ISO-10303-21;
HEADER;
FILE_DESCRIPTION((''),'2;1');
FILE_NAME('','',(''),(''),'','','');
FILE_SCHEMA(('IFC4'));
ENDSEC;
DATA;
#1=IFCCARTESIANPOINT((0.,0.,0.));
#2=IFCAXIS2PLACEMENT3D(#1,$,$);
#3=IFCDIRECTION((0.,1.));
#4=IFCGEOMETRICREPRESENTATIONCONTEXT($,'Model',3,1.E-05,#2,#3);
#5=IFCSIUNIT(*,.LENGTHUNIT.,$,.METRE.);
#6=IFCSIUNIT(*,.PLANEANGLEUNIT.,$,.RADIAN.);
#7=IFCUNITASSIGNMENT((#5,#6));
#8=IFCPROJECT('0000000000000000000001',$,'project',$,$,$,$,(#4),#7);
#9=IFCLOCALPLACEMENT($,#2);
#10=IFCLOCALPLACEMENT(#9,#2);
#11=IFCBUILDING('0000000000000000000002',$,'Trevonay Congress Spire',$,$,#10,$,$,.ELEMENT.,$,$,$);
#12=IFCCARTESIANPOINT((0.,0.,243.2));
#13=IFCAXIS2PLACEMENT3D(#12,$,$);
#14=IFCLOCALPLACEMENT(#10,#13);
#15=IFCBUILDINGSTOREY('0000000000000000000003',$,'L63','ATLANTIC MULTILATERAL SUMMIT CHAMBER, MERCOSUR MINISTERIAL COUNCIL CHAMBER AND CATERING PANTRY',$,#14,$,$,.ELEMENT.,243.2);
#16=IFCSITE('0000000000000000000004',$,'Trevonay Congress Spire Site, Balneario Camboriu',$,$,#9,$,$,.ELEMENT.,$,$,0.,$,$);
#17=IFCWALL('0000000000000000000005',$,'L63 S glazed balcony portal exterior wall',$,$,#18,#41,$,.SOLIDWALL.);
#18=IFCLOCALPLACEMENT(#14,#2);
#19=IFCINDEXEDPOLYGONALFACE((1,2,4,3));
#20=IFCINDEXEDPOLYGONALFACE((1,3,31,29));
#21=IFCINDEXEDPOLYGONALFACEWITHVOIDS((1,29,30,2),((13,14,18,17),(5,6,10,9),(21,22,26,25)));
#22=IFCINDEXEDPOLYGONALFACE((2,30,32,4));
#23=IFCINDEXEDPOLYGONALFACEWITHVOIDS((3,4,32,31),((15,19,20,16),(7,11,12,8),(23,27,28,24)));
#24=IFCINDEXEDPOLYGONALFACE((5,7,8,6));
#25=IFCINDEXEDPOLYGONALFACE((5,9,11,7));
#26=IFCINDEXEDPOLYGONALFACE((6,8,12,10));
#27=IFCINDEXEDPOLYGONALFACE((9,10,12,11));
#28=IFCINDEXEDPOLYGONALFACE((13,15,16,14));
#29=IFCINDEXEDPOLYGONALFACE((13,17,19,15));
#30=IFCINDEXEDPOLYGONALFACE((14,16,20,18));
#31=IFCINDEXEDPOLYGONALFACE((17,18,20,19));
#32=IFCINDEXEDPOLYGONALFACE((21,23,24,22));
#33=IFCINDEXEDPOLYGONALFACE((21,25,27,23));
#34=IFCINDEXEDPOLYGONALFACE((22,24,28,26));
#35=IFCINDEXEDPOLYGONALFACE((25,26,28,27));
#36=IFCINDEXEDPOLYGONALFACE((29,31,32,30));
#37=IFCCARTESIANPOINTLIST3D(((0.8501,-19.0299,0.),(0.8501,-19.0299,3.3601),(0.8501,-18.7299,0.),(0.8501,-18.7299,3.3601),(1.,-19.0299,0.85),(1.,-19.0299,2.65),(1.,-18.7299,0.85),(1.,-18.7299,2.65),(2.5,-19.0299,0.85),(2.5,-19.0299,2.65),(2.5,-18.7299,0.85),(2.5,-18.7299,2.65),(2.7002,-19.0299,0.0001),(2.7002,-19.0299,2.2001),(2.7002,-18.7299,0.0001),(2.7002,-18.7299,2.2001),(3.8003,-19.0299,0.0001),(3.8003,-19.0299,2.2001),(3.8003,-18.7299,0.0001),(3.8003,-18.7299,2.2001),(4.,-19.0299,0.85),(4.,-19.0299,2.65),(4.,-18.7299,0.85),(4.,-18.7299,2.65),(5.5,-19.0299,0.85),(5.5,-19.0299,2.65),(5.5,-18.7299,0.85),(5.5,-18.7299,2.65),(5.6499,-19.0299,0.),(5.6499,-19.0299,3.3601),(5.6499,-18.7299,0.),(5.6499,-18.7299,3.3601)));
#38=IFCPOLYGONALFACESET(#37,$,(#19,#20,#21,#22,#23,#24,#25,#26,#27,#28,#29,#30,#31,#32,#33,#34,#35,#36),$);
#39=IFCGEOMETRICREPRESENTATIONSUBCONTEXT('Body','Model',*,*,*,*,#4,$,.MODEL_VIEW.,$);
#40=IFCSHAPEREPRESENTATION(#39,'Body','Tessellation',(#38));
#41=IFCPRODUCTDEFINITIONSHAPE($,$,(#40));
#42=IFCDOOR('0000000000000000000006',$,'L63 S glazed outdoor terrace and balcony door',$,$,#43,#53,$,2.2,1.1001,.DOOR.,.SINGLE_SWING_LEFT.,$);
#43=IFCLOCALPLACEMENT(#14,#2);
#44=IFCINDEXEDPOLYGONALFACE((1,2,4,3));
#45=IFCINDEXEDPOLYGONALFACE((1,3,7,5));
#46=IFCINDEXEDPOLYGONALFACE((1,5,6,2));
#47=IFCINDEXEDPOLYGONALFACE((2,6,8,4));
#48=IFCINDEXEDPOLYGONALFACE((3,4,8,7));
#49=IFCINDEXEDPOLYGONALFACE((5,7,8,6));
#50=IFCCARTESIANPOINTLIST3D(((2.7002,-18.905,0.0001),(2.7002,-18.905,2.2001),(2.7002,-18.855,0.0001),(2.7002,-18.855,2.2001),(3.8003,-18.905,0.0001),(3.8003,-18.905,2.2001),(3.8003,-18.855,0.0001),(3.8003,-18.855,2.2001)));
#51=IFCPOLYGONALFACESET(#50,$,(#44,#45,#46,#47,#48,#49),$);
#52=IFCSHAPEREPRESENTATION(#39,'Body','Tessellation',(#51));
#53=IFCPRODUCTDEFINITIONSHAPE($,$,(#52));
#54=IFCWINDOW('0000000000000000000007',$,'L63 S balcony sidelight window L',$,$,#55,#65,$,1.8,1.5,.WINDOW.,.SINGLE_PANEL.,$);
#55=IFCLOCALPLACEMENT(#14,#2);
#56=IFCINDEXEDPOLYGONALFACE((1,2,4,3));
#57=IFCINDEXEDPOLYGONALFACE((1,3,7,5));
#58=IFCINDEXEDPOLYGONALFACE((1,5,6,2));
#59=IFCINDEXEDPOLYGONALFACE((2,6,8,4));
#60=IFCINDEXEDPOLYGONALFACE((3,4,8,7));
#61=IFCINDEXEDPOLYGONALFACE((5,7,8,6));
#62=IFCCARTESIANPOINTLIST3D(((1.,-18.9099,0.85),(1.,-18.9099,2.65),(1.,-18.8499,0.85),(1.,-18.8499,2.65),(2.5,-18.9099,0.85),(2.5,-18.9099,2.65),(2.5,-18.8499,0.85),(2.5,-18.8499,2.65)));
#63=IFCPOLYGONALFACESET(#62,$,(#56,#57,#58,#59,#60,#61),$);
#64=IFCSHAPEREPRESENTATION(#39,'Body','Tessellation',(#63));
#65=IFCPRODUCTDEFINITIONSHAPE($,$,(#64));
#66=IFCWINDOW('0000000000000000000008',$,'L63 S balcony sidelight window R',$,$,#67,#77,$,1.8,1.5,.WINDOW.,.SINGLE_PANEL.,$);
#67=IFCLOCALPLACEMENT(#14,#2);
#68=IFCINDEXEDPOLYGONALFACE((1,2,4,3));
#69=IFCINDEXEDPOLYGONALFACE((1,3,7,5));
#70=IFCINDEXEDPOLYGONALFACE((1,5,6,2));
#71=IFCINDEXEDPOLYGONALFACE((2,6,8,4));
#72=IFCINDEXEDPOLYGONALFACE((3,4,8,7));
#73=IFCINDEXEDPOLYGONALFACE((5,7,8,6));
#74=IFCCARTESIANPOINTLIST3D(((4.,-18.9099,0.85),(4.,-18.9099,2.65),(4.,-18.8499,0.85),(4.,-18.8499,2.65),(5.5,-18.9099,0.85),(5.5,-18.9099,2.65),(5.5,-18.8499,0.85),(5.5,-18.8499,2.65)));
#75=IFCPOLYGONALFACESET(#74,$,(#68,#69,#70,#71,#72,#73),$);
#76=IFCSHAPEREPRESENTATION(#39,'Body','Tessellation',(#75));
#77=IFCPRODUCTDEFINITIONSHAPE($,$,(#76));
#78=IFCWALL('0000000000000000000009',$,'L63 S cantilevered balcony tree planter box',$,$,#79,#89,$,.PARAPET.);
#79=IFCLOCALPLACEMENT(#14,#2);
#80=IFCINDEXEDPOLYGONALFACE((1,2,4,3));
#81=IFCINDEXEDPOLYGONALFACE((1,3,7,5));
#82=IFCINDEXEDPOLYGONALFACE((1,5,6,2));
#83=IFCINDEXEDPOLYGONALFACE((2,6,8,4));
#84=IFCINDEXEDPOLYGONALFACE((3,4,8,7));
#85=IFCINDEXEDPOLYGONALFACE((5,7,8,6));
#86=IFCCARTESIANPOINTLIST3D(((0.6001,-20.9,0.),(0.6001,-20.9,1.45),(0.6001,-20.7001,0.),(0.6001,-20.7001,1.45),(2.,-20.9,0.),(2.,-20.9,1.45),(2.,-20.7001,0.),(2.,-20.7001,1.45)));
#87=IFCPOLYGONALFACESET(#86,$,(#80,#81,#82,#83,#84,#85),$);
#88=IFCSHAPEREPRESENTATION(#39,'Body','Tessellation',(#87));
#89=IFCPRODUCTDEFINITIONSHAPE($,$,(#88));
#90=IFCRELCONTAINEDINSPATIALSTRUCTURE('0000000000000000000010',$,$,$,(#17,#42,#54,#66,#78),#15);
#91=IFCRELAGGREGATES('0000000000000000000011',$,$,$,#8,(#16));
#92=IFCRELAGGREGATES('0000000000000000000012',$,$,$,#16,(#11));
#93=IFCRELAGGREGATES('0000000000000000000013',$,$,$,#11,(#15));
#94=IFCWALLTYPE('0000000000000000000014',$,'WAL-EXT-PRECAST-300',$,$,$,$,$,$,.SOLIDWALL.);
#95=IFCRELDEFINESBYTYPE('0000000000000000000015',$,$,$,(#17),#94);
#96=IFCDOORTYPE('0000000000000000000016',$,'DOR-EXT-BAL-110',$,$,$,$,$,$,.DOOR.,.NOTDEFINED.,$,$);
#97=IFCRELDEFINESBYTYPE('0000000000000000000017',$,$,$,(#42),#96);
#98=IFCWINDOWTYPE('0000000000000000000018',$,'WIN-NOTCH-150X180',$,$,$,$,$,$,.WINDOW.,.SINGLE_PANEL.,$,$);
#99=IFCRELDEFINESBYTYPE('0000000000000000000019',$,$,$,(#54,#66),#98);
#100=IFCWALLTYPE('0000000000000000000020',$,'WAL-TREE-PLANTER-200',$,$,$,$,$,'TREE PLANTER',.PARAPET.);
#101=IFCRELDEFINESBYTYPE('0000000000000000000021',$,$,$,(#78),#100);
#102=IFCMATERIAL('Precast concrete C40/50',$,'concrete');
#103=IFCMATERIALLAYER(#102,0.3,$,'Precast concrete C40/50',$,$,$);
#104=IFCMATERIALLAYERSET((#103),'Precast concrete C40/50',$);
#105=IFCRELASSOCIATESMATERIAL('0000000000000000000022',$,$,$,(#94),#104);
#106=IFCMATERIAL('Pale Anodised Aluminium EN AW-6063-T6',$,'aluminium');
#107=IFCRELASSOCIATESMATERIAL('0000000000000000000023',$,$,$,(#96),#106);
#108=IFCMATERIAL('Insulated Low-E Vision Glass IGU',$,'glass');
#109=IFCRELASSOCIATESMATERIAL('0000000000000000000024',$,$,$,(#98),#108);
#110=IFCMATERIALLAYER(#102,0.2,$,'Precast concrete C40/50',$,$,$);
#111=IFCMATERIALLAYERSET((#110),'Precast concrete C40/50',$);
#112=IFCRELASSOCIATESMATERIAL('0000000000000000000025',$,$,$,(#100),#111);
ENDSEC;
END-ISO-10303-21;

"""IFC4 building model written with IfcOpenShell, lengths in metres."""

from ifc_helpers import new_model, si_unit, direction, frame, frame_2d, origin, place, context, subcontext, project, spatial, rectangle, extrude, material, layer, layer_set, type_object, element, fill, save


model = new_model("IFC4")

# Units and contexts
model_context = context("Model", 3, precision=1e-05, world=origin(), true_north=direction((0.0, 1.0)))
body_context = subcontext(model_context, "Body", "Model", "MODEL_VIEW")
ifc_project = project(units=[si_unit("LENGTHUNIT", "METRE"), si_unit("PLANEANGLEUNIT", "RADIAN")], contexts=[model_context])

# Site, building, storey
site_placement = place(None, origin())
site = spatial("IfcSite", under=ifc_project, at=site_placement, Name="Trevonay Congress Spire Site, Balneario Camboriu", CompositionType="ELEMENT", RefElevation=0.0)
building_placement = place(site_placement, origin())
building = spatial("IfcBuilding", under=site, at=building_placement, Name="Trevonay Congress Spire", CompositionType="ELEMENT")
storey_placement = place(building_placement, frame((0.0, 0.0, 243.2)))
storey = spatial("IfcBuildingStorey", under=building, at=storey_placement, Name="L63", Description="ATLANTIC MULTILATERAL SUMMIT CHAMBER, MERCOSUR MINISTERIAL COUNCIL CHAMBER AND CATERING PANTRY", CompositionType="ELEMENT", Elevation=243.2)

# Shared definitions
ifc_material_1 = material(Name="Pale Anodised Aluminium EN AW-6063-T6", Category="aluminium")

# Shared definitions
ifc_material_2 = material(Name="Insulated Low-E Vision Glass IGU", Category="glass")

# Wall, openings, door, windows
ifc_material_3 = material(Name="Precast concrete C40/50", Category="concrete")
ifc_layer_1 = layer(ifc_material_3, 0.3, Name="Precast concrete C40/50")
ifc_layer_set_1 = layer_set([ifc_layer_1], Name="Precast concrete C40/50")
wall_type_1 = type_object("IfcWallType", Name="WAL-EXT-PRECAST-300", PredefinedType="SOLIDWALL", material=ifc_layer_set_1)
wall_1_placement = place(storey_placement, frame((0.8501, -18.8799, 0.0), z_axis=(0.0, 0.0, 1.0), x_axis=(1.0, 0.0, 0.0)))
wall_1 = element("IfcWall", 1, at=wall_1_placement, inside=storey, type_object=wall_type_1, Name="L63 S glazed balcony portal exterior wall", PredefinedType="SOLIDWALL", context=body_context, shape_type="SweptSolid", body=[
    extrude(rectangle(XDim=4.7998, YDim=0.3, at=frame_2d((2.3999, 0.0))), origin(), (0.0, 0.0, 1.0), 3.3601),
])
opening_1_placement = place(wall_1_placement, frame((1.8501, 0.0, 0.0)))
opening_1 = element("IfcOpeningElement", 2, at=opening_1_placement, cuts=wall_1, PredefinedType="OPENING", context=body_context, shape_type="SweptSolid", body=[
    extrude(rectangle(XDim=1.1001, YDim=2.2, at=frame_2d((0.55, 1.1001))), frame((0.0, 0.1602, 0.0), z_axis=(0.0, -1.0, 0.0), x_axis=(1.0, 0.0, 0.0)), (0.0, 0.0, 1.0), 0.3201),
])
opening_2_placement = place(wall_1_placement, frame((0.1499, 0.0, 0.8501)))
opening_2 = element("IfcOpeningElement", 3, at=opening_2_placement, cuts=wall_1, PredefinedType="OPENING", context=body_context, shape_type="SweptSolid", body=[
    extrude(rectangle(XDim=1.5, YDim=1.8, at=frame_2d((0.75, 0.8999))), frame((0.0, 0.1602, 0.0), z_axis=(0.0, -1.0, 0.0), x_axis=(1.0, 0.0, 0.0)), (0.0, 0.0, 1.0), 0.3201),
])
opening_3_placement = place(wall_1_placement, frame((3.1499, 0.0, 0.8501)))
opening_3 = element("IfcOpeningElement", 4, at=opening_3_placement, cuts=wall_1, PredefinedType="OPENING", context=body_context, shape_type="SweptSolid", body=[
    extrude(rectangle(XDim=1.5, YDim=1.8, at=frame_2d((0.75, 0.8999))), frame((0.0, 0.1602, 0.0), z_axis=(0.0, -1.0, 0.0), x_axis=(1.0, 0.0, 0.0)), (0.0, 0.0, 1.0), 0.3201),
])
door_type = type_object("IfcDoorType", Name="DOR-EXT-BAL-110", OperationType="NOTDEFINED", PredefinedType="DOOR", material=ifc_material_1)
door_placement = place(opening_1_placement, origin())
door = element("IfcDoor", 5, at=door_placement, inside=storey, type_object=door_type, Name="L63 S glazed outdoor terrace and balcony door", OperationType="SINGLE_SWING_LEFT", OverallHeight=2.2, OverallWidth=1.1001, PredefinedType="DOOR", context=body_context, shape_type="SweptSolid", body=[
    extrude(rectangle(XDim=1.1001, YDim=2.2, at=frame_2d((0.55, 1.1001))), frame((0.0, 0.0249, 0.0), z_axis=(0.0, -1.0, 0.0), x_axis=(1.0, 0.0, 0.0)), (0.0, 0.0, 1.0), 0.05),
])
fill(opening_1, door)
window_type = type_object("IfcWindowType", Name="WIN-NOTCH-150X180", PartitioningType="SINGLE_PANEL", PredefinedType="WINDOW", material=ifc_material_2)
window_1_placement = place(opening_2_placement, origin())
window_1 = element("IfcWindow", 6, at=window_1_placement, inside=storey, type_object=window_type, Name="L63 S balcony sidelight window L", OverallHeight=1.8, OverallWidth=1.5, PartitioningType="SINGLE_PANEL", PredefinedType="WINDOW", context=body_context, shape_type="SweptSolid", body=[
    extrude(rectangle(XDim=1.5, YDim=1.8, at=frame_2d((0.75, 0.8999))), frame((0.0, 0.03, 0.0), z_axis=(0.0, -1.0, 0.0), x_axis=(1.0, 0.0, 0.0)), (0.0, 0.0, 1.0), 0.0601),
])
fill(opening_2, window_1)
window_2_placement = place(opening_3_placement, origin())
window_2 = element("IfcWindow", 7, at=window_2_placement, inside=storey, type_object=window_type, Name="L63 S balcony sidelight window R", OverallHeight=1.8, OverallWidth=1.5, PartitioningType="SINGLE_PANEL", PredefinedType="WINDOW", context=body_context, shape_type="SweptSolid", body=[
    extrude(rectangle(XDim=1.5, YDim=1.8, at=frame_2d((0.75, 0.8999))), frame((0.0, 0.03, 0.0), z_axis=(0.0, -1.0, 0.0), x_axis=(1.0, 0.0, 0.0)), (0.0, 0.0, 1.0), 0.0601),
])
fill(opening_3, window_2)

# Wall
ifc_layer_2 = layer(ifc_material_3, 0.2, Name="Precast concrete C40/50")
ifc_layer_set_2 = layer_set([ifc_layer_2], Name="Precast concrete C40/50")
wall_type_2 = type_object("IfcWallType", Name="WAL-TREE-PLANTER-200", ElementType="TREE PLANTER", PredefinedType="PARAPET", material=ifc_layer_set_2)
wall_2_placement = place(storey_placement, frame((0.6001, -20.8, 0.0), z_axis=(0.0, 0.0, 1.0), x_axis=(1.0, 0.0, 0.0)))
element("IfcWall", 8, at=wall_2_placement, inside=storey, type_object=wall_type_2, Name="L63 S cantilevered balcony tree planter box", PredefinedType="PARAPET", context=body_context, shape_type="SweptSolid", body=[
    extrude(rectangle(XDim=1.3999, YDim=0.2, at=frame_2d((0.7, 0.0))), origin(), (0.0, 0.0, 1.0), 1.45),
])

save(model, "model.ifc")
